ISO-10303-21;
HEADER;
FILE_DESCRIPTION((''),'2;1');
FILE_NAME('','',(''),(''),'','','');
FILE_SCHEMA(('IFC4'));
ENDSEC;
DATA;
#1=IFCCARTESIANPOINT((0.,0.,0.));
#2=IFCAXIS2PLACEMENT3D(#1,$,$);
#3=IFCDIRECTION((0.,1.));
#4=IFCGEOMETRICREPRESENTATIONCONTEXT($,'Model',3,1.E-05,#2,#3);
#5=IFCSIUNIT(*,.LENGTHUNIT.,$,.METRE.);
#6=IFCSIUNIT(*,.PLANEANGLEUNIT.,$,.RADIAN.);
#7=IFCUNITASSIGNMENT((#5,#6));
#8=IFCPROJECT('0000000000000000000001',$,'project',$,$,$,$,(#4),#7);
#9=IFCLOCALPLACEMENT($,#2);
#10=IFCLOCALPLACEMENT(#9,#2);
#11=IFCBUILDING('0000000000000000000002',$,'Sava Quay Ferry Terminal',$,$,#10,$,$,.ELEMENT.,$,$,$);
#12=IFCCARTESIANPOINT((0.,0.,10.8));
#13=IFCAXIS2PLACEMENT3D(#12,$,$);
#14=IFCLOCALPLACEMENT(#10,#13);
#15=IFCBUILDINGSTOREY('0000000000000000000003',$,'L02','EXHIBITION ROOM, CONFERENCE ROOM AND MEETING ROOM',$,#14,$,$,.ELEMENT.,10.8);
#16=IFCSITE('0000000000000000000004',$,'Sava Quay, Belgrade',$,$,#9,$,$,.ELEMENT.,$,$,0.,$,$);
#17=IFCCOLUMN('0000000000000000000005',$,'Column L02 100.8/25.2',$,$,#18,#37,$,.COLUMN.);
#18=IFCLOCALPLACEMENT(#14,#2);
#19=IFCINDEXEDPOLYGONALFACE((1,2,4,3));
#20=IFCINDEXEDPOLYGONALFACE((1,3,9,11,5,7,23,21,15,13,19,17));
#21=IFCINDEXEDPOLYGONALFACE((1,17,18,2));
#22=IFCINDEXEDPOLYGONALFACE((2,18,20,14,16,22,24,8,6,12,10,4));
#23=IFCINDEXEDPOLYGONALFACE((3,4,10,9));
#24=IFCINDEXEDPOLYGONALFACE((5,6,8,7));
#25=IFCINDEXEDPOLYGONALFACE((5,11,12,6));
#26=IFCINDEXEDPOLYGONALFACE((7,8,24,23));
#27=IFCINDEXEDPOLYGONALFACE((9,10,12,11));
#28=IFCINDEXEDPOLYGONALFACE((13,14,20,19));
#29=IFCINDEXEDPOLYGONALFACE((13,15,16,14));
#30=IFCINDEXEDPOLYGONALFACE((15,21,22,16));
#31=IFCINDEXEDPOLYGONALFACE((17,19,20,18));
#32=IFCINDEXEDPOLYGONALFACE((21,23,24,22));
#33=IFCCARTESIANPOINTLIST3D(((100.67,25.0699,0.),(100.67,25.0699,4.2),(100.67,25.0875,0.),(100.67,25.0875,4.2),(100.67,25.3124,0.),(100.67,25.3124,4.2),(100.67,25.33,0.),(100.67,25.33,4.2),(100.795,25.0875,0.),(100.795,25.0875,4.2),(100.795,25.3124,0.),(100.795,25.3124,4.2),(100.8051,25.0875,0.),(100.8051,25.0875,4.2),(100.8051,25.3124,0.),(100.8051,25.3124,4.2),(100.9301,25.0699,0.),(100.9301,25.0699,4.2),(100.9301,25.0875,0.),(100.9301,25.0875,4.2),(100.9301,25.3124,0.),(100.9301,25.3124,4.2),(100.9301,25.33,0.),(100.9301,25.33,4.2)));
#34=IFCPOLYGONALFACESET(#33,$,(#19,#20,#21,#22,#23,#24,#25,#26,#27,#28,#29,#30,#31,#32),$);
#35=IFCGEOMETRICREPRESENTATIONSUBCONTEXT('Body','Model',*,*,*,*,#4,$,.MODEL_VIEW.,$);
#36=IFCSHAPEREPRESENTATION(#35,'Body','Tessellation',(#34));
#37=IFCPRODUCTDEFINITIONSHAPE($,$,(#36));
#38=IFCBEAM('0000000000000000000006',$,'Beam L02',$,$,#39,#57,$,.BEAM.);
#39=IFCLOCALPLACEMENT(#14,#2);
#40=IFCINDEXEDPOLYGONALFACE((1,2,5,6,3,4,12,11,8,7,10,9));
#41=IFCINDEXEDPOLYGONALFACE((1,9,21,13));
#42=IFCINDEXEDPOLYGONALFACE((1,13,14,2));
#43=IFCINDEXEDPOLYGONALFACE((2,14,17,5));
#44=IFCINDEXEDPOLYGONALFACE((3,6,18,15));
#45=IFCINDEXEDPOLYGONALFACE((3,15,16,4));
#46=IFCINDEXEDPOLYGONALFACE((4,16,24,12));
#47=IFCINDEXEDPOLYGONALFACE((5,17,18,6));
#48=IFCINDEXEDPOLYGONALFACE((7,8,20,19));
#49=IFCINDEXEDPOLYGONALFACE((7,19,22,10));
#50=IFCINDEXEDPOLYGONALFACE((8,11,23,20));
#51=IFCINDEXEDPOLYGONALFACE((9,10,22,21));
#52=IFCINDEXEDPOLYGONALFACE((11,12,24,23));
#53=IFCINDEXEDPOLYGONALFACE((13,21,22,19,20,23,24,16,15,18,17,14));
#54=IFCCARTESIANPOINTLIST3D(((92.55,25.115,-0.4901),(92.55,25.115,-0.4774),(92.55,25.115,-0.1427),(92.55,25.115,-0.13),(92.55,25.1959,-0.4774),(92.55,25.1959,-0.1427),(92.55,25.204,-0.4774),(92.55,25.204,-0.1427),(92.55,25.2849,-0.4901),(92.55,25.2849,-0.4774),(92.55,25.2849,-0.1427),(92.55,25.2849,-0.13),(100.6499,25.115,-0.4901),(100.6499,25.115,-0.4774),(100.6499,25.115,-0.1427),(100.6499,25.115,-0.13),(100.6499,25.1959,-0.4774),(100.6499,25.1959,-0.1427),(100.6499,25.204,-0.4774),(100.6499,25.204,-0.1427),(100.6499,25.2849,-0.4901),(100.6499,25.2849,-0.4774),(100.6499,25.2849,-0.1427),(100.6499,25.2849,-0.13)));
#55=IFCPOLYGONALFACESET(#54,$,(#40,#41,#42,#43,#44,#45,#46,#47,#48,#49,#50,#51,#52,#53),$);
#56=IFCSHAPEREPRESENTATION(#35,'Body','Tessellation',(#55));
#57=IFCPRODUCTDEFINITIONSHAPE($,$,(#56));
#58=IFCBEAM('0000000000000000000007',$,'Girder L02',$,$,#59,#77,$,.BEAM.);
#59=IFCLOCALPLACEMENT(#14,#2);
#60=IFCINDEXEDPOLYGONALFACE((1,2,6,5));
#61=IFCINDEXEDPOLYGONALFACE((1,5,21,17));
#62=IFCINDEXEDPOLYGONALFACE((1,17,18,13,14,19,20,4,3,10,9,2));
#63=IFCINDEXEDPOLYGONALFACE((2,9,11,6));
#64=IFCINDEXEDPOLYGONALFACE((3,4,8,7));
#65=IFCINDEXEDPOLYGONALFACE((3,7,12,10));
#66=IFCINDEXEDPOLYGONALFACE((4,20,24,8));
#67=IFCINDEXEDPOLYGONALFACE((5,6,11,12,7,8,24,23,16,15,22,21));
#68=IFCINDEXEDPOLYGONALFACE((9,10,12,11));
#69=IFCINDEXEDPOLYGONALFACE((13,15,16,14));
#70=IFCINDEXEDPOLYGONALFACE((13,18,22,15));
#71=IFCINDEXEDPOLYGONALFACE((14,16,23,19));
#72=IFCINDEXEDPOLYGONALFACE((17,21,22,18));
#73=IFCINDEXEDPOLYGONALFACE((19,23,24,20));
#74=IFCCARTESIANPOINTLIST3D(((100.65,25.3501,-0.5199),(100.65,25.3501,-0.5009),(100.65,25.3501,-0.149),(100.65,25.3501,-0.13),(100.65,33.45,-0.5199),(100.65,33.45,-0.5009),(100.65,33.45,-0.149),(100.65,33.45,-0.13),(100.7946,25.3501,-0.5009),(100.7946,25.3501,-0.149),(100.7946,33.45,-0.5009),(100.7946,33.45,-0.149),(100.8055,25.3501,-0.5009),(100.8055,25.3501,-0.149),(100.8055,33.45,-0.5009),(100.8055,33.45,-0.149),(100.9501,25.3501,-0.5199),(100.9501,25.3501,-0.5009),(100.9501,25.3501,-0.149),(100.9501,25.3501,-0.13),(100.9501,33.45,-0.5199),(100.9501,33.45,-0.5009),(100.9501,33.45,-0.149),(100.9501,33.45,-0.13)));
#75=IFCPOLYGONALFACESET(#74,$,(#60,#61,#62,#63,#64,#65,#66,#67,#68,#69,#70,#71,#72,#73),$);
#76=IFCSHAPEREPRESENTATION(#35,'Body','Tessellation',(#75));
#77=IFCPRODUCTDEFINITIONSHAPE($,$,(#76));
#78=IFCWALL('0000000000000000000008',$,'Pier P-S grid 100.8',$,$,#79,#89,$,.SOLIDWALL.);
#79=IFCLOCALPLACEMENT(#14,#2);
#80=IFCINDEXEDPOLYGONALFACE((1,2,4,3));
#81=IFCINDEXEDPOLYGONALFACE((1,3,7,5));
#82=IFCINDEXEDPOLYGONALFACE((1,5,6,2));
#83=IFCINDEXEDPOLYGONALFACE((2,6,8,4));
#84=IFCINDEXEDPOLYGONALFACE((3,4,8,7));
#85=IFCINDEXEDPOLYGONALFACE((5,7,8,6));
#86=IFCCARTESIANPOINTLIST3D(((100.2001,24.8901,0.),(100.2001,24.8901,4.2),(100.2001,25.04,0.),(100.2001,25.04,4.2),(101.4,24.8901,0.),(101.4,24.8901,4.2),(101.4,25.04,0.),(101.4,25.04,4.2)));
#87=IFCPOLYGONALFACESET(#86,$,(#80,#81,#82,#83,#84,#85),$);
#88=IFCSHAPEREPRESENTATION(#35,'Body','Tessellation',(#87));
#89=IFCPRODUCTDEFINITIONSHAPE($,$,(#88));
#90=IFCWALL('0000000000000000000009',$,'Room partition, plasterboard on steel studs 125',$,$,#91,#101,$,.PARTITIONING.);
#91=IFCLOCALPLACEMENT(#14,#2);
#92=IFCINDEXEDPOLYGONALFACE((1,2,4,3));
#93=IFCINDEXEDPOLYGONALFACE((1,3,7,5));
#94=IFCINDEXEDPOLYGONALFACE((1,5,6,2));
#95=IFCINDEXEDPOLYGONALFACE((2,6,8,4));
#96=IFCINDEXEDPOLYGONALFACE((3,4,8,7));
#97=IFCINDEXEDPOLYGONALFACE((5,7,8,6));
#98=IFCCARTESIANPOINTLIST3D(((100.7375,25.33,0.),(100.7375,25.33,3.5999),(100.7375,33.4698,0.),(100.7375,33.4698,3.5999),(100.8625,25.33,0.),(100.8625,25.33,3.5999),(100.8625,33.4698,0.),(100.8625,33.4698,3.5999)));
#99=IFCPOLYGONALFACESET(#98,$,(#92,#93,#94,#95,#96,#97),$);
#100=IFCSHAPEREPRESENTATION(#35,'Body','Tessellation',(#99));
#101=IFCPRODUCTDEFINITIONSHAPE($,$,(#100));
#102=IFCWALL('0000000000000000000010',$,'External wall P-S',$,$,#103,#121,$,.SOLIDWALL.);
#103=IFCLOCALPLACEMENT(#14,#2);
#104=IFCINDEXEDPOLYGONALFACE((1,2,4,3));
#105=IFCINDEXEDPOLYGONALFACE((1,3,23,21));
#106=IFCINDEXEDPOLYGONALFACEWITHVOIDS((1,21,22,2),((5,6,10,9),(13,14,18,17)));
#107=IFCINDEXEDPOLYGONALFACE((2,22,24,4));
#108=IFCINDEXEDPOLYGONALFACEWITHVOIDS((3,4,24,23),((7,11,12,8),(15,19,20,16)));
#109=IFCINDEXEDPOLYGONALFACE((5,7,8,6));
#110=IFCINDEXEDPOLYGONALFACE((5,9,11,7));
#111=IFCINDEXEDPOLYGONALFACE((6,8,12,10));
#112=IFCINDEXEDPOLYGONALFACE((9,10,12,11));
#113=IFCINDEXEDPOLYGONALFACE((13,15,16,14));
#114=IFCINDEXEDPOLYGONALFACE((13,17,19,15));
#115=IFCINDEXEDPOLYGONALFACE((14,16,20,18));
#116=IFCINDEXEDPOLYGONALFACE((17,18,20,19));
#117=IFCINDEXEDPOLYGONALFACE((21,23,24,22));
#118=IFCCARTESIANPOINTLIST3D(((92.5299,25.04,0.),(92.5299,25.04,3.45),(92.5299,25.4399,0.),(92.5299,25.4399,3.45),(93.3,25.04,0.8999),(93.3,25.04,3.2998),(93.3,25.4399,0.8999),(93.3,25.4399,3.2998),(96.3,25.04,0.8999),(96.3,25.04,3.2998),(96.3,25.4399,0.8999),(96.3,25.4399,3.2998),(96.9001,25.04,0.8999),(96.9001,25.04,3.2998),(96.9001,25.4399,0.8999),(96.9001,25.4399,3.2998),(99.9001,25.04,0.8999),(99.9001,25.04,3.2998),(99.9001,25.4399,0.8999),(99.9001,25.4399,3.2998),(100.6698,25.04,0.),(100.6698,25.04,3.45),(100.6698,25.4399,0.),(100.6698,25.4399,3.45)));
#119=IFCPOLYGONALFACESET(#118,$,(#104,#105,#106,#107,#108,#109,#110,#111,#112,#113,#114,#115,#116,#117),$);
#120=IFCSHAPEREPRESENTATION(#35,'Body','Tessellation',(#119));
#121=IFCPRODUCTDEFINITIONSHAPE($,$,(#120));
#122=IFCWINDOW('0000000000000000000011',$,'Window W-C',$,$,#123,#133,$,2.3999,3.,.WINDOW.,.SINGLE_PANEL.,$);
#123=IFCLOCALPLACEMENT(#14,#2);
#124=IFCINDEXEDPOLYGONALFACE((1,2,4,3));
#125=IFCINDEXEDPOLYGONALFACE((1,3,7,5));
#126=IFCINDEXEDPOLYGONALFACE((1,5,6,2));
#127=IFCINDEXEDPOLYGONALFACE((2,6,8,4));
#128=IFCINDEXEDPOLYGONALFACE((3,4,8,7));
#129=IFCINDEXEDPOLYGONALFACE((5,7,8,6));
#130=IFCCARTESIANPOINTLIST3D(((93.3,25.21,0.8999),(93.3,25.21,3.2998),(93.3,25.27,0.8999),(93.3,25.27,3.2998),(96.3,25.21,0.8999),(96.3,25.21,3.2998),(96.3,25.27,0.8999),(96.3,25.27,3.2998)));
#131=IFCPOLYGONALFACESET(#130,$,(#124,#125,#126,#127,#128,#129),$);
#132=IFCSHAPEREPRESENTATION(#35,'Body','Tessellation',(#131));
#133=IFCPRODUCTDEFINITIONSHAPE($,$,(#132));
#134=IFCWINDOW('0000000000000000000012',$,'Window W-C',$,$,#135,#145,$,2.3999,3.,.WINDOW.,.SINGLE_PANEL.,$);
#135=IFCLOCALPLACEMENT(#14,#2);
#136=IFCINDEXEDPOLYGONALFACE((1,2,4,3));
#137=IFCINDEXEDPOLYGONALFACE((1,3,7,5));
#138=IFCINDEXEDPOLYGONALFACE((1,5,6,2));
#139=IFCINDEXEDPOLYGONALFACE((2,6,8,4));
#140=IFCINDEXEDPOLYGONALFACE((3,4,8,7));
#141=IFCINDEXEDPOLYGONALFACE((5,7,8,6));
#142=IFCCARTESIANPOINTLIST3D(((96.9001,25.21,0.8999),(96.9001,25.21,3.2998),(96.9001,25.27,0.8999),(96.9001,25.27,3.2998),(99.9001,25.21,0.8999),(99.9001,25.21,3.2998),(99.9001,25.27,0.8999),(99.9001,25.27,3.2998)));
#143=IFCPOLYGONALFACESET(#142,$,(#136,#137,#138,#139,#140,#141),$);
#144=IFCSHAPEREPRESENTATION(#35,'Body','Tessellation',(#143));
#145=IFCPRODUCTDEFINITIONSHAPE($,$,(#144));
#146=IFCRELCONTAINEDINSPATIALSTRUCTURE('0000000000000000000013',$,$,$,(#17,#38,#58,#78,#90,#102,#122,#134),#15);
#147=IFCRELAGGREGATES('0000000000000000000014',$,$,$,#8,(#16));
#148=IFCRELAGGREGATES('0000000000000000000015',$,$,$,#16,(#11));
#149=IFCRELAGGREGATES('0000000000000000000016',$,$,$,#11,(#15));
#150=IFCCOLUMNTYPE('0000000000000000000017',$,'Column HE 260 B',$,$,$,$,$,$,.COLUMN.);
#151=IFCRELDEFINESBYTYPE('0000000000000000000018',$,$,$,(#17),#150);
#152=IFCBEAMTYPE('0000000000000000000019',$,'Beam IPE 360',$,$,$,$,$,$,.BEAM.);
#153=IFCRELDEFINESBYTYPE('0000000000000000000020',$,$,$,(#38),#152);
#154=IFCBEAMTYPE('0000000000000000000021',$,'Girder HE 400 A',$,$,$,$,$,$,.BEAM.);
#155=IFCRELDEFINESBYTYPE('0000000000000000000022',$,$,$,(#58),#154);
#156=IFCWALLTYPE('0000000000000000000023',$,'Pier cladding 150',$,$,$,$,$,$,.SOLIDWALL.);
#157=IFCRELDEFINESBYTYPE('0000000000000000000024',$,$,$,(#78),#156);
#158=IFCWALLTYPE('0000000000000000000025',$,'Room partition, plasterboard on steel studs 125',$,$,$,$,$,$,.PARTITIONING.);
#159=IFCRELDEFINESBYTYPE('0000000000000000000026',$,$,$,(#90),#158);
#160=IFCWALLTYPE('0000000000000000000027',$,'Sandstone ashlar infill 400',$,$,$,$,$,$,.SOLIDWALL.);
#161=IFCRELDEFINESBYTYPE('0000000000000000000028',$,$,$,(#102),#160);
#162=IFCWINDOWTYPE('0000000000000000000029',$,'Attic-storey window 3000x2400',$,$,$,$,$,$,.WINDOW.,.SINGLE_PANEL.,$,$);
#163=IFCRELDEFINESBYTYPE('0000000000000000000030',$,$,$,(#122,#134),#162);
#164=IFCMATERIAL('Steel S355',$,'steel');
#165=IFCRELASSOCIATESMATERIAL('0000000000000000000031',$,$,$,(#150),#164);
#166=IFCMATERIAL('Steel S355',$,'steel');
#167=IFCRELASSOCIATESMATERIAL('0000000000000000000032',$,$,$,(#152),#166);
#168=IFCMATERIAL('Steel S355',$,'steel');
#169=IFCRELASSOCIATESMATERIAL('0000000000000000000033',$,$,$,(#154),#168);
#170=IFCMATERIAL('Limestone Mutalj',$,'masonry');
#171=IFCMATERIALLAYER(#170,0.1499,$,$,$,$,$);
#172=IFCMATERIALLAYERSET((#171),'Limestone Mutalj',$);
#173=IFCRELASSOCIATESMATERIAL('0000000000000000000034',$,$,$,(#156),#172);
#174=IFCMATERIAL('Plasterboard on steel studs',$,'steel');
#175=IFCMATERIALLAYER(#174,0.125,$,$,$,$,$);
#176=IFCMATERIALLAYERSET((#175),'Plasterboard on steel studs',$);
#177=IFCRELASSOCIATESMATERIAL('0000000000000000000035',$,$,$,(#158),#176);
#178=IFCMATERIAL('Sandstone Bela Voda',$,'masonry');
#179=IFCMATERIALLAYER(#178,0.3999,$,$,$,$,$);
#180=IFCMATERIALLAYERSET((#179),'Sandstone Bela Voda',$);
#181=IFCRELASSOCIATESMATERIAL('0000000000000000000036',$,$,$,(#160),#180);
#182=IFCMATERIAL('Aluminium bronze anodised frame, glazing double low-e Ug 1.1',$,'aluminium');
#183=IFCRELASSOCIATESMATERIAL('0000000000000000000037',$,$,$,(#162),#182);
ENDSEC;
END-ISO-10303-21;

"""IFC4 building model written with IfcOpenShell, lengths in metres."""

from ifc_helpers import new_model, si_unit, direction, frame, frame_2d, origin, origin_2d, place, context, subcontext, project, spatial, rectangle, i_section, extrude, material, layer, layer_set, material_profile, profile_set, type_object, element, fill, save


model = new_model("IFC4")

# Units and contexts
model_context = context("Model", 3, precision=1e-05, world=origin(), true_north=direction((0.0, 1.0)))
body_context = subcontext(model_context, "Body", "Model", "MODEL_VIEW")
ifc_project = project(units=[si_unit("LENGTHUNIT", "METRE"), si_unit("PLANEANGLEUNIT", "RADIAN")], contexts=[model_context])

# Site, building, storey
site_placement = place(None, origin())
site = spatial("IfcSite", under=ifc_project, at=site_placement, Name="Sava Quay, Belgrade", CompositionType="ELEMENT", RefElevation=0.0)
building_placement = place(site_placement, origin())
building = spatial("IfcBuilding", under=site, at=building_placement, Name="Sava Quay Ferry Terminal", CompositionType="ELEMENT")
storey_placement = place(building_placement, frame((0.0, 0.0, 10.8)))
storey = spatial("IfcBuildingStorey", under=building, at=storey_placement, Name="L02", Description="EXHIBITION ROOM, CONFERENCE ROOM AND MEETING ROOM", CompositionType="ELEMENT", Elevation=10.8)

# Column
ifc_material_1 = material(Name="Steel S355", Category="steel")
ifc_material_profile_1 = material_profile(ifc_material_1, i_section(OverallWidth=0.26, OverallDepth=0.26, WebThickness=0.01, FlangeThickness=0.0176, at=origin_2d()), Name="HE 260 B")
ifc_profile_set_1 = profile_set([ifc_material_profile_1], Name="Steel S355")
column_type = type_object("IfcColumnType", Name="Column HE 260 B", PredefinedType="COLUMN", material=ifc_profile_set_1)
column_placement = place(storey_placement, frame((100.8, 25.2, 0.0), z_axis=(0.0, 0.0, 1.0), x_axis=(1.0, 0.0, 0.0)))
element("IfcColumn", 1, at=column_placement, inside=storey, type_object=column_type, Name="Column L02 100.8/25.2", PredefinedType="COLUMN", context=body_context, shape_type="SweptSolid", body=[
    extrude(i_section(OverallWidth=0.26, OverallDepth=0.26, WebThickness=0.01, FlangeThickness=0.0176, at=origin_2d()), origin(), (0.0, 0.0, 1.0), 4.2),
])

# Beams
ifc_material_2 = material(Name="Steel S355", Category="steel")
ifc_material_profile_2 = material_profile(ifc_material_2, i_section(OverallWidth=0.1699, OverallDepth=0.3601, WebThickness=0.0081, FlangeThickness=0.0127, at=origin_2d()), Name="IPE 360")
ifc_profile_set_2 = profile_set([ifc_material_profile_2], Name="Steel S355")
beam_type_1 = type_object("IfcBeamType", Name="Beam IPE 360", PredefinedType="BEAM", material=ifc_profile_set_2)
beam_1_placement = place(storey_placement, frame((92.55, 25.2, -0.3101), z_axis=(1.0, 0.0, 0.0), x_axis=(0.0, 1.0, 0.0)))
element("IfcBeam", 2, at=beam_1_placement, inside=storey, type_object=beam_type_1, Name="Beam L02", PredefinedType="BEAM", context=body_context, shape_type="SweptSolid", body=[
    extrude(i_section(OverallWidth=0.1699, OverallDepth=0.3601, WebThickness=0.0081, FlangeThickness=0.0127, at=origin_2d()), origin(), (0.0, 0.0, 1.0), 8.0999),
])
ifc_material_3 = material(Name="Steel S355", Category="steel")
ifc_material_profile_3 = material_profile(ifc_material_3, i_section(OverallWidth=0.3, OverallDepth=0.3899, WebThickness=0.011, FlangeThickness=0.019, at=origin_2d()), Name="HE 400 A")
ifc_profile_set_3 = profile_set([ifc_material_profile_3], Name="Steel S355")
beam_type_2 = type_object("IfcBeamType", Name="Girder HE 400 A", PredefinedType="BEAM", material=ifc_profile_set_3)
beam_2_placement = place(storey_placement, frame((100.8, 25.3501, -0.325), z_axis=(0.0, 1.0, 0.0), x_axis=(-1.0, 0.0, 0.0)))
element("IfcBeam", 3, at=beam_2_placement, inside=storey, type_object=beam_type_2, Name="Girder L02", PredefinedType="BEAM", context=body_context, shape_type="SweptSolid", body=[
    extrude(i_section(OverallWidth=0.3, OverallDepth=0.3899, WebThickness=0.011, FlangeThickness=0.019, at=origin_2d()), origin(), (0.0, 0.0, 1.0), 8.0999),
])

# Walls
ifc_material_4 = material(Name="Limestone Mutalj", Category="masonry")
ifc_layer_1 = layer(ifc_material_4, 0.1499)
ifc_layer_set_1 = layer_set([ifc_layer_1], Name="Limestone Mutalj")
wall_type_1 = type_object("IfcWallType", Name="Pier cladding 150", PredefinedType="SOLIDWALL", material=ifc_layer_set_1)
wall_1_placement = place(storey_placement, frame((100.2, 24.9651, 0.0), z_axis=(0.0, 0.0, 1.0), x_axis=(1.0, 0.0, 0.0)))
element("IfcWall", 4, at=wall_1_placement, inside=storey, type_object=wall_type_1, Name="Pier P-S grid 100.8", PredefinedType="SOLIDWALL", context=body_context, shape_type="SweptSolid", body=[
    extrude(rectangle(XDim=1.2, YDim=0.1499, at=frame_2d((0.6001, 0.0))), origin(), (0.0, 0.0, 1.0), 4.2),
])
ifc_material_5 = material(Name="Plasterboard on steel studs", Category="steel")
ifc_layer_2 = layer(ifc_material_5, 0.125)
ifc_layer_set_2 = layer_set([ifc_layer_2], Name="Plasterboard on steel studs")
wall_type_2 = type_object("IfcWallType", Name="Room partition, plasterboard on steel studs 125", PredefinedType="PARTITIONING", material=ifc_layer_set_2)
wall_2_placement = place(storey_placement, frame((100.8, 25.3301, 0.0), z_axis=(0.0, 0.0, 1.0), x_axis=(0.0, 1.0, 0.0)))
element("IfcWall", 5, at=wall_2_placement, inside=storey, type_object=wall_type_2, Name="Room partition, plasterboard on steel studs 125", PredefinedType="PARTITIONING", context=body_context, shape_type="SweptSolid", body=[
    extrude(rectangle(XDim=8.1399, YDim=0.125, at=frame_2d((4.0698, 0.0))), origin(), (0.0, 0.0, 1.0), 3.5999),
])

# Wall, openings, windows
ifc_material_6 = material(Name="Sandstone Bela Voda", Category="masonry")
ifc_layer_3 = layer(ifc_material_6, 0.3999)
ifc_layer_set_3 = layer_set([ifc_layer_3], Name="Sandstone Bela Voda")
wall_type_3 = type_object("IfcWallType", Name="Sandstone ashlar infill 400", PredefinedType="SOLIDWALL", material=ifc_layer_set_3)
wall_3_placement = place(storey_placement, frame((92.53, 25.24, 0.0), z_axis=(0.0, 0.0, 1.0), x_axis=(1.0, 0.0, 0.0)))
wall_3 = element("IfcWall", 6, at=wall_3_placement, inside=storey, type_object=wall_type_3, Name="External wall P-S", PredefinedType="SOLIDWALL", context=body_context, shape_type="SweptSolid", body=[
    extrude(rectangle(XDim=8.1399, YDim=0.3999, at=frame_2d((4.0698, 0.0))), origin(), (0.0, 0.0, 1.0), 3.45),
])
opening_1_placement = place(wall_3_placement, frame((0.77, 0.0, 0.8999)))
opening_1 = element("IfcOpeningElement", 7, at=opening_1_placement, cuts=wall_3, PredefinedType="OPENING", context=body_context, shape_type="SweptSolid", body=[
    extrude(rectangle(XDim=3.0, YDim=2.3999, at=frame_2d((1.5, 1.2))), frame((0.0, 0.2, 0.0), z_axis=(0.0, -1.0, 0.0), x_axis=(1.0, 0.0, 0.0)), (0.0, 0.0, 1.0), 0.3999),
])
opening_2_placement = place(wall_3_placement, frame((4.3701, 0.0, 0.8999)))
opening_2 = element("IfcOpeningElement", 8, at=opening_2_placement, cuts=wall_3, PredefinedType="OPENING", context=body_context, shape_type="SweptSolid", body=[
    extrude(rectangle(XDim=3.0, YDim=2.3999, at=frame_2d((1.5, 1.2))), frame((0.0, 0.2, 0.0), z_axis=(0.0, -1.0, 0.0), x_axis=(1.0, 0.0, 0.0)), (0.0, 0.0, 1.0), 0.3999),
])
ifc_material_7 = material(Name="Aluminium bronze anodised frame, glazing double low-e Ug 1.1", Category="aluminium")
window_type = type_object("IfcWindowType", Name="Attic-storey window 3000x2400", PartitioningType="SINGLE_PANEL", PredefinedType="WINDOW", material=ifc_material_7)
window_1_placement = place(opening_1_placement, origin())
window_1 = element("IfcWindow", 9, at=window_1_placement, inside=storey, type_object=window_type, Name="Window W-C", OverallHeight=2.3999, OverallWidth=3.0, PartitioningType="SINGLE_PANEL", PredefinedType="WINDOW", context=body_context, shape_type="SweptSolid", body=[
    extrude(rectangle(XDim=3.0, YDim=2.3999, at=frame_2d((1.5, 1.2))), frame((0.0, 0.03, 0.0), z_axis=(0.0, -1.0, 0.0), x_axis=(1.0, 0.0, 0.0)), (0.0, 0.0, 1.0), 0.0601),
])
fill(opening_1, window_1)
window_2_placement = place(opening_2_placement, origin())
window_2 = element("IfcWindow", 10, at=window_2_placement, inside=storey, type_object=window_type, Name="Window W-C", OverallHeight=2.3999, OverallWidth=3.0, PartitioningType="SINGLE_PANEL", PredefinedType="WINDOW", context=body_context, shape_type="SweptSolid", body=[
    extrude(rectangle(XDim=3.0, YDim=2.3999, at=frame_2d((1.5, 1.2))), frame((0.0, 0.03, 0.0), z_axis=(0.0, -1.0, 0.0), x_axis=(1.0, 0.0, 0.0)), (0.0, 0.0, 1.0), 0.0601),
])
fill(opening_2, window_2)

save(model, "model.ifc")
